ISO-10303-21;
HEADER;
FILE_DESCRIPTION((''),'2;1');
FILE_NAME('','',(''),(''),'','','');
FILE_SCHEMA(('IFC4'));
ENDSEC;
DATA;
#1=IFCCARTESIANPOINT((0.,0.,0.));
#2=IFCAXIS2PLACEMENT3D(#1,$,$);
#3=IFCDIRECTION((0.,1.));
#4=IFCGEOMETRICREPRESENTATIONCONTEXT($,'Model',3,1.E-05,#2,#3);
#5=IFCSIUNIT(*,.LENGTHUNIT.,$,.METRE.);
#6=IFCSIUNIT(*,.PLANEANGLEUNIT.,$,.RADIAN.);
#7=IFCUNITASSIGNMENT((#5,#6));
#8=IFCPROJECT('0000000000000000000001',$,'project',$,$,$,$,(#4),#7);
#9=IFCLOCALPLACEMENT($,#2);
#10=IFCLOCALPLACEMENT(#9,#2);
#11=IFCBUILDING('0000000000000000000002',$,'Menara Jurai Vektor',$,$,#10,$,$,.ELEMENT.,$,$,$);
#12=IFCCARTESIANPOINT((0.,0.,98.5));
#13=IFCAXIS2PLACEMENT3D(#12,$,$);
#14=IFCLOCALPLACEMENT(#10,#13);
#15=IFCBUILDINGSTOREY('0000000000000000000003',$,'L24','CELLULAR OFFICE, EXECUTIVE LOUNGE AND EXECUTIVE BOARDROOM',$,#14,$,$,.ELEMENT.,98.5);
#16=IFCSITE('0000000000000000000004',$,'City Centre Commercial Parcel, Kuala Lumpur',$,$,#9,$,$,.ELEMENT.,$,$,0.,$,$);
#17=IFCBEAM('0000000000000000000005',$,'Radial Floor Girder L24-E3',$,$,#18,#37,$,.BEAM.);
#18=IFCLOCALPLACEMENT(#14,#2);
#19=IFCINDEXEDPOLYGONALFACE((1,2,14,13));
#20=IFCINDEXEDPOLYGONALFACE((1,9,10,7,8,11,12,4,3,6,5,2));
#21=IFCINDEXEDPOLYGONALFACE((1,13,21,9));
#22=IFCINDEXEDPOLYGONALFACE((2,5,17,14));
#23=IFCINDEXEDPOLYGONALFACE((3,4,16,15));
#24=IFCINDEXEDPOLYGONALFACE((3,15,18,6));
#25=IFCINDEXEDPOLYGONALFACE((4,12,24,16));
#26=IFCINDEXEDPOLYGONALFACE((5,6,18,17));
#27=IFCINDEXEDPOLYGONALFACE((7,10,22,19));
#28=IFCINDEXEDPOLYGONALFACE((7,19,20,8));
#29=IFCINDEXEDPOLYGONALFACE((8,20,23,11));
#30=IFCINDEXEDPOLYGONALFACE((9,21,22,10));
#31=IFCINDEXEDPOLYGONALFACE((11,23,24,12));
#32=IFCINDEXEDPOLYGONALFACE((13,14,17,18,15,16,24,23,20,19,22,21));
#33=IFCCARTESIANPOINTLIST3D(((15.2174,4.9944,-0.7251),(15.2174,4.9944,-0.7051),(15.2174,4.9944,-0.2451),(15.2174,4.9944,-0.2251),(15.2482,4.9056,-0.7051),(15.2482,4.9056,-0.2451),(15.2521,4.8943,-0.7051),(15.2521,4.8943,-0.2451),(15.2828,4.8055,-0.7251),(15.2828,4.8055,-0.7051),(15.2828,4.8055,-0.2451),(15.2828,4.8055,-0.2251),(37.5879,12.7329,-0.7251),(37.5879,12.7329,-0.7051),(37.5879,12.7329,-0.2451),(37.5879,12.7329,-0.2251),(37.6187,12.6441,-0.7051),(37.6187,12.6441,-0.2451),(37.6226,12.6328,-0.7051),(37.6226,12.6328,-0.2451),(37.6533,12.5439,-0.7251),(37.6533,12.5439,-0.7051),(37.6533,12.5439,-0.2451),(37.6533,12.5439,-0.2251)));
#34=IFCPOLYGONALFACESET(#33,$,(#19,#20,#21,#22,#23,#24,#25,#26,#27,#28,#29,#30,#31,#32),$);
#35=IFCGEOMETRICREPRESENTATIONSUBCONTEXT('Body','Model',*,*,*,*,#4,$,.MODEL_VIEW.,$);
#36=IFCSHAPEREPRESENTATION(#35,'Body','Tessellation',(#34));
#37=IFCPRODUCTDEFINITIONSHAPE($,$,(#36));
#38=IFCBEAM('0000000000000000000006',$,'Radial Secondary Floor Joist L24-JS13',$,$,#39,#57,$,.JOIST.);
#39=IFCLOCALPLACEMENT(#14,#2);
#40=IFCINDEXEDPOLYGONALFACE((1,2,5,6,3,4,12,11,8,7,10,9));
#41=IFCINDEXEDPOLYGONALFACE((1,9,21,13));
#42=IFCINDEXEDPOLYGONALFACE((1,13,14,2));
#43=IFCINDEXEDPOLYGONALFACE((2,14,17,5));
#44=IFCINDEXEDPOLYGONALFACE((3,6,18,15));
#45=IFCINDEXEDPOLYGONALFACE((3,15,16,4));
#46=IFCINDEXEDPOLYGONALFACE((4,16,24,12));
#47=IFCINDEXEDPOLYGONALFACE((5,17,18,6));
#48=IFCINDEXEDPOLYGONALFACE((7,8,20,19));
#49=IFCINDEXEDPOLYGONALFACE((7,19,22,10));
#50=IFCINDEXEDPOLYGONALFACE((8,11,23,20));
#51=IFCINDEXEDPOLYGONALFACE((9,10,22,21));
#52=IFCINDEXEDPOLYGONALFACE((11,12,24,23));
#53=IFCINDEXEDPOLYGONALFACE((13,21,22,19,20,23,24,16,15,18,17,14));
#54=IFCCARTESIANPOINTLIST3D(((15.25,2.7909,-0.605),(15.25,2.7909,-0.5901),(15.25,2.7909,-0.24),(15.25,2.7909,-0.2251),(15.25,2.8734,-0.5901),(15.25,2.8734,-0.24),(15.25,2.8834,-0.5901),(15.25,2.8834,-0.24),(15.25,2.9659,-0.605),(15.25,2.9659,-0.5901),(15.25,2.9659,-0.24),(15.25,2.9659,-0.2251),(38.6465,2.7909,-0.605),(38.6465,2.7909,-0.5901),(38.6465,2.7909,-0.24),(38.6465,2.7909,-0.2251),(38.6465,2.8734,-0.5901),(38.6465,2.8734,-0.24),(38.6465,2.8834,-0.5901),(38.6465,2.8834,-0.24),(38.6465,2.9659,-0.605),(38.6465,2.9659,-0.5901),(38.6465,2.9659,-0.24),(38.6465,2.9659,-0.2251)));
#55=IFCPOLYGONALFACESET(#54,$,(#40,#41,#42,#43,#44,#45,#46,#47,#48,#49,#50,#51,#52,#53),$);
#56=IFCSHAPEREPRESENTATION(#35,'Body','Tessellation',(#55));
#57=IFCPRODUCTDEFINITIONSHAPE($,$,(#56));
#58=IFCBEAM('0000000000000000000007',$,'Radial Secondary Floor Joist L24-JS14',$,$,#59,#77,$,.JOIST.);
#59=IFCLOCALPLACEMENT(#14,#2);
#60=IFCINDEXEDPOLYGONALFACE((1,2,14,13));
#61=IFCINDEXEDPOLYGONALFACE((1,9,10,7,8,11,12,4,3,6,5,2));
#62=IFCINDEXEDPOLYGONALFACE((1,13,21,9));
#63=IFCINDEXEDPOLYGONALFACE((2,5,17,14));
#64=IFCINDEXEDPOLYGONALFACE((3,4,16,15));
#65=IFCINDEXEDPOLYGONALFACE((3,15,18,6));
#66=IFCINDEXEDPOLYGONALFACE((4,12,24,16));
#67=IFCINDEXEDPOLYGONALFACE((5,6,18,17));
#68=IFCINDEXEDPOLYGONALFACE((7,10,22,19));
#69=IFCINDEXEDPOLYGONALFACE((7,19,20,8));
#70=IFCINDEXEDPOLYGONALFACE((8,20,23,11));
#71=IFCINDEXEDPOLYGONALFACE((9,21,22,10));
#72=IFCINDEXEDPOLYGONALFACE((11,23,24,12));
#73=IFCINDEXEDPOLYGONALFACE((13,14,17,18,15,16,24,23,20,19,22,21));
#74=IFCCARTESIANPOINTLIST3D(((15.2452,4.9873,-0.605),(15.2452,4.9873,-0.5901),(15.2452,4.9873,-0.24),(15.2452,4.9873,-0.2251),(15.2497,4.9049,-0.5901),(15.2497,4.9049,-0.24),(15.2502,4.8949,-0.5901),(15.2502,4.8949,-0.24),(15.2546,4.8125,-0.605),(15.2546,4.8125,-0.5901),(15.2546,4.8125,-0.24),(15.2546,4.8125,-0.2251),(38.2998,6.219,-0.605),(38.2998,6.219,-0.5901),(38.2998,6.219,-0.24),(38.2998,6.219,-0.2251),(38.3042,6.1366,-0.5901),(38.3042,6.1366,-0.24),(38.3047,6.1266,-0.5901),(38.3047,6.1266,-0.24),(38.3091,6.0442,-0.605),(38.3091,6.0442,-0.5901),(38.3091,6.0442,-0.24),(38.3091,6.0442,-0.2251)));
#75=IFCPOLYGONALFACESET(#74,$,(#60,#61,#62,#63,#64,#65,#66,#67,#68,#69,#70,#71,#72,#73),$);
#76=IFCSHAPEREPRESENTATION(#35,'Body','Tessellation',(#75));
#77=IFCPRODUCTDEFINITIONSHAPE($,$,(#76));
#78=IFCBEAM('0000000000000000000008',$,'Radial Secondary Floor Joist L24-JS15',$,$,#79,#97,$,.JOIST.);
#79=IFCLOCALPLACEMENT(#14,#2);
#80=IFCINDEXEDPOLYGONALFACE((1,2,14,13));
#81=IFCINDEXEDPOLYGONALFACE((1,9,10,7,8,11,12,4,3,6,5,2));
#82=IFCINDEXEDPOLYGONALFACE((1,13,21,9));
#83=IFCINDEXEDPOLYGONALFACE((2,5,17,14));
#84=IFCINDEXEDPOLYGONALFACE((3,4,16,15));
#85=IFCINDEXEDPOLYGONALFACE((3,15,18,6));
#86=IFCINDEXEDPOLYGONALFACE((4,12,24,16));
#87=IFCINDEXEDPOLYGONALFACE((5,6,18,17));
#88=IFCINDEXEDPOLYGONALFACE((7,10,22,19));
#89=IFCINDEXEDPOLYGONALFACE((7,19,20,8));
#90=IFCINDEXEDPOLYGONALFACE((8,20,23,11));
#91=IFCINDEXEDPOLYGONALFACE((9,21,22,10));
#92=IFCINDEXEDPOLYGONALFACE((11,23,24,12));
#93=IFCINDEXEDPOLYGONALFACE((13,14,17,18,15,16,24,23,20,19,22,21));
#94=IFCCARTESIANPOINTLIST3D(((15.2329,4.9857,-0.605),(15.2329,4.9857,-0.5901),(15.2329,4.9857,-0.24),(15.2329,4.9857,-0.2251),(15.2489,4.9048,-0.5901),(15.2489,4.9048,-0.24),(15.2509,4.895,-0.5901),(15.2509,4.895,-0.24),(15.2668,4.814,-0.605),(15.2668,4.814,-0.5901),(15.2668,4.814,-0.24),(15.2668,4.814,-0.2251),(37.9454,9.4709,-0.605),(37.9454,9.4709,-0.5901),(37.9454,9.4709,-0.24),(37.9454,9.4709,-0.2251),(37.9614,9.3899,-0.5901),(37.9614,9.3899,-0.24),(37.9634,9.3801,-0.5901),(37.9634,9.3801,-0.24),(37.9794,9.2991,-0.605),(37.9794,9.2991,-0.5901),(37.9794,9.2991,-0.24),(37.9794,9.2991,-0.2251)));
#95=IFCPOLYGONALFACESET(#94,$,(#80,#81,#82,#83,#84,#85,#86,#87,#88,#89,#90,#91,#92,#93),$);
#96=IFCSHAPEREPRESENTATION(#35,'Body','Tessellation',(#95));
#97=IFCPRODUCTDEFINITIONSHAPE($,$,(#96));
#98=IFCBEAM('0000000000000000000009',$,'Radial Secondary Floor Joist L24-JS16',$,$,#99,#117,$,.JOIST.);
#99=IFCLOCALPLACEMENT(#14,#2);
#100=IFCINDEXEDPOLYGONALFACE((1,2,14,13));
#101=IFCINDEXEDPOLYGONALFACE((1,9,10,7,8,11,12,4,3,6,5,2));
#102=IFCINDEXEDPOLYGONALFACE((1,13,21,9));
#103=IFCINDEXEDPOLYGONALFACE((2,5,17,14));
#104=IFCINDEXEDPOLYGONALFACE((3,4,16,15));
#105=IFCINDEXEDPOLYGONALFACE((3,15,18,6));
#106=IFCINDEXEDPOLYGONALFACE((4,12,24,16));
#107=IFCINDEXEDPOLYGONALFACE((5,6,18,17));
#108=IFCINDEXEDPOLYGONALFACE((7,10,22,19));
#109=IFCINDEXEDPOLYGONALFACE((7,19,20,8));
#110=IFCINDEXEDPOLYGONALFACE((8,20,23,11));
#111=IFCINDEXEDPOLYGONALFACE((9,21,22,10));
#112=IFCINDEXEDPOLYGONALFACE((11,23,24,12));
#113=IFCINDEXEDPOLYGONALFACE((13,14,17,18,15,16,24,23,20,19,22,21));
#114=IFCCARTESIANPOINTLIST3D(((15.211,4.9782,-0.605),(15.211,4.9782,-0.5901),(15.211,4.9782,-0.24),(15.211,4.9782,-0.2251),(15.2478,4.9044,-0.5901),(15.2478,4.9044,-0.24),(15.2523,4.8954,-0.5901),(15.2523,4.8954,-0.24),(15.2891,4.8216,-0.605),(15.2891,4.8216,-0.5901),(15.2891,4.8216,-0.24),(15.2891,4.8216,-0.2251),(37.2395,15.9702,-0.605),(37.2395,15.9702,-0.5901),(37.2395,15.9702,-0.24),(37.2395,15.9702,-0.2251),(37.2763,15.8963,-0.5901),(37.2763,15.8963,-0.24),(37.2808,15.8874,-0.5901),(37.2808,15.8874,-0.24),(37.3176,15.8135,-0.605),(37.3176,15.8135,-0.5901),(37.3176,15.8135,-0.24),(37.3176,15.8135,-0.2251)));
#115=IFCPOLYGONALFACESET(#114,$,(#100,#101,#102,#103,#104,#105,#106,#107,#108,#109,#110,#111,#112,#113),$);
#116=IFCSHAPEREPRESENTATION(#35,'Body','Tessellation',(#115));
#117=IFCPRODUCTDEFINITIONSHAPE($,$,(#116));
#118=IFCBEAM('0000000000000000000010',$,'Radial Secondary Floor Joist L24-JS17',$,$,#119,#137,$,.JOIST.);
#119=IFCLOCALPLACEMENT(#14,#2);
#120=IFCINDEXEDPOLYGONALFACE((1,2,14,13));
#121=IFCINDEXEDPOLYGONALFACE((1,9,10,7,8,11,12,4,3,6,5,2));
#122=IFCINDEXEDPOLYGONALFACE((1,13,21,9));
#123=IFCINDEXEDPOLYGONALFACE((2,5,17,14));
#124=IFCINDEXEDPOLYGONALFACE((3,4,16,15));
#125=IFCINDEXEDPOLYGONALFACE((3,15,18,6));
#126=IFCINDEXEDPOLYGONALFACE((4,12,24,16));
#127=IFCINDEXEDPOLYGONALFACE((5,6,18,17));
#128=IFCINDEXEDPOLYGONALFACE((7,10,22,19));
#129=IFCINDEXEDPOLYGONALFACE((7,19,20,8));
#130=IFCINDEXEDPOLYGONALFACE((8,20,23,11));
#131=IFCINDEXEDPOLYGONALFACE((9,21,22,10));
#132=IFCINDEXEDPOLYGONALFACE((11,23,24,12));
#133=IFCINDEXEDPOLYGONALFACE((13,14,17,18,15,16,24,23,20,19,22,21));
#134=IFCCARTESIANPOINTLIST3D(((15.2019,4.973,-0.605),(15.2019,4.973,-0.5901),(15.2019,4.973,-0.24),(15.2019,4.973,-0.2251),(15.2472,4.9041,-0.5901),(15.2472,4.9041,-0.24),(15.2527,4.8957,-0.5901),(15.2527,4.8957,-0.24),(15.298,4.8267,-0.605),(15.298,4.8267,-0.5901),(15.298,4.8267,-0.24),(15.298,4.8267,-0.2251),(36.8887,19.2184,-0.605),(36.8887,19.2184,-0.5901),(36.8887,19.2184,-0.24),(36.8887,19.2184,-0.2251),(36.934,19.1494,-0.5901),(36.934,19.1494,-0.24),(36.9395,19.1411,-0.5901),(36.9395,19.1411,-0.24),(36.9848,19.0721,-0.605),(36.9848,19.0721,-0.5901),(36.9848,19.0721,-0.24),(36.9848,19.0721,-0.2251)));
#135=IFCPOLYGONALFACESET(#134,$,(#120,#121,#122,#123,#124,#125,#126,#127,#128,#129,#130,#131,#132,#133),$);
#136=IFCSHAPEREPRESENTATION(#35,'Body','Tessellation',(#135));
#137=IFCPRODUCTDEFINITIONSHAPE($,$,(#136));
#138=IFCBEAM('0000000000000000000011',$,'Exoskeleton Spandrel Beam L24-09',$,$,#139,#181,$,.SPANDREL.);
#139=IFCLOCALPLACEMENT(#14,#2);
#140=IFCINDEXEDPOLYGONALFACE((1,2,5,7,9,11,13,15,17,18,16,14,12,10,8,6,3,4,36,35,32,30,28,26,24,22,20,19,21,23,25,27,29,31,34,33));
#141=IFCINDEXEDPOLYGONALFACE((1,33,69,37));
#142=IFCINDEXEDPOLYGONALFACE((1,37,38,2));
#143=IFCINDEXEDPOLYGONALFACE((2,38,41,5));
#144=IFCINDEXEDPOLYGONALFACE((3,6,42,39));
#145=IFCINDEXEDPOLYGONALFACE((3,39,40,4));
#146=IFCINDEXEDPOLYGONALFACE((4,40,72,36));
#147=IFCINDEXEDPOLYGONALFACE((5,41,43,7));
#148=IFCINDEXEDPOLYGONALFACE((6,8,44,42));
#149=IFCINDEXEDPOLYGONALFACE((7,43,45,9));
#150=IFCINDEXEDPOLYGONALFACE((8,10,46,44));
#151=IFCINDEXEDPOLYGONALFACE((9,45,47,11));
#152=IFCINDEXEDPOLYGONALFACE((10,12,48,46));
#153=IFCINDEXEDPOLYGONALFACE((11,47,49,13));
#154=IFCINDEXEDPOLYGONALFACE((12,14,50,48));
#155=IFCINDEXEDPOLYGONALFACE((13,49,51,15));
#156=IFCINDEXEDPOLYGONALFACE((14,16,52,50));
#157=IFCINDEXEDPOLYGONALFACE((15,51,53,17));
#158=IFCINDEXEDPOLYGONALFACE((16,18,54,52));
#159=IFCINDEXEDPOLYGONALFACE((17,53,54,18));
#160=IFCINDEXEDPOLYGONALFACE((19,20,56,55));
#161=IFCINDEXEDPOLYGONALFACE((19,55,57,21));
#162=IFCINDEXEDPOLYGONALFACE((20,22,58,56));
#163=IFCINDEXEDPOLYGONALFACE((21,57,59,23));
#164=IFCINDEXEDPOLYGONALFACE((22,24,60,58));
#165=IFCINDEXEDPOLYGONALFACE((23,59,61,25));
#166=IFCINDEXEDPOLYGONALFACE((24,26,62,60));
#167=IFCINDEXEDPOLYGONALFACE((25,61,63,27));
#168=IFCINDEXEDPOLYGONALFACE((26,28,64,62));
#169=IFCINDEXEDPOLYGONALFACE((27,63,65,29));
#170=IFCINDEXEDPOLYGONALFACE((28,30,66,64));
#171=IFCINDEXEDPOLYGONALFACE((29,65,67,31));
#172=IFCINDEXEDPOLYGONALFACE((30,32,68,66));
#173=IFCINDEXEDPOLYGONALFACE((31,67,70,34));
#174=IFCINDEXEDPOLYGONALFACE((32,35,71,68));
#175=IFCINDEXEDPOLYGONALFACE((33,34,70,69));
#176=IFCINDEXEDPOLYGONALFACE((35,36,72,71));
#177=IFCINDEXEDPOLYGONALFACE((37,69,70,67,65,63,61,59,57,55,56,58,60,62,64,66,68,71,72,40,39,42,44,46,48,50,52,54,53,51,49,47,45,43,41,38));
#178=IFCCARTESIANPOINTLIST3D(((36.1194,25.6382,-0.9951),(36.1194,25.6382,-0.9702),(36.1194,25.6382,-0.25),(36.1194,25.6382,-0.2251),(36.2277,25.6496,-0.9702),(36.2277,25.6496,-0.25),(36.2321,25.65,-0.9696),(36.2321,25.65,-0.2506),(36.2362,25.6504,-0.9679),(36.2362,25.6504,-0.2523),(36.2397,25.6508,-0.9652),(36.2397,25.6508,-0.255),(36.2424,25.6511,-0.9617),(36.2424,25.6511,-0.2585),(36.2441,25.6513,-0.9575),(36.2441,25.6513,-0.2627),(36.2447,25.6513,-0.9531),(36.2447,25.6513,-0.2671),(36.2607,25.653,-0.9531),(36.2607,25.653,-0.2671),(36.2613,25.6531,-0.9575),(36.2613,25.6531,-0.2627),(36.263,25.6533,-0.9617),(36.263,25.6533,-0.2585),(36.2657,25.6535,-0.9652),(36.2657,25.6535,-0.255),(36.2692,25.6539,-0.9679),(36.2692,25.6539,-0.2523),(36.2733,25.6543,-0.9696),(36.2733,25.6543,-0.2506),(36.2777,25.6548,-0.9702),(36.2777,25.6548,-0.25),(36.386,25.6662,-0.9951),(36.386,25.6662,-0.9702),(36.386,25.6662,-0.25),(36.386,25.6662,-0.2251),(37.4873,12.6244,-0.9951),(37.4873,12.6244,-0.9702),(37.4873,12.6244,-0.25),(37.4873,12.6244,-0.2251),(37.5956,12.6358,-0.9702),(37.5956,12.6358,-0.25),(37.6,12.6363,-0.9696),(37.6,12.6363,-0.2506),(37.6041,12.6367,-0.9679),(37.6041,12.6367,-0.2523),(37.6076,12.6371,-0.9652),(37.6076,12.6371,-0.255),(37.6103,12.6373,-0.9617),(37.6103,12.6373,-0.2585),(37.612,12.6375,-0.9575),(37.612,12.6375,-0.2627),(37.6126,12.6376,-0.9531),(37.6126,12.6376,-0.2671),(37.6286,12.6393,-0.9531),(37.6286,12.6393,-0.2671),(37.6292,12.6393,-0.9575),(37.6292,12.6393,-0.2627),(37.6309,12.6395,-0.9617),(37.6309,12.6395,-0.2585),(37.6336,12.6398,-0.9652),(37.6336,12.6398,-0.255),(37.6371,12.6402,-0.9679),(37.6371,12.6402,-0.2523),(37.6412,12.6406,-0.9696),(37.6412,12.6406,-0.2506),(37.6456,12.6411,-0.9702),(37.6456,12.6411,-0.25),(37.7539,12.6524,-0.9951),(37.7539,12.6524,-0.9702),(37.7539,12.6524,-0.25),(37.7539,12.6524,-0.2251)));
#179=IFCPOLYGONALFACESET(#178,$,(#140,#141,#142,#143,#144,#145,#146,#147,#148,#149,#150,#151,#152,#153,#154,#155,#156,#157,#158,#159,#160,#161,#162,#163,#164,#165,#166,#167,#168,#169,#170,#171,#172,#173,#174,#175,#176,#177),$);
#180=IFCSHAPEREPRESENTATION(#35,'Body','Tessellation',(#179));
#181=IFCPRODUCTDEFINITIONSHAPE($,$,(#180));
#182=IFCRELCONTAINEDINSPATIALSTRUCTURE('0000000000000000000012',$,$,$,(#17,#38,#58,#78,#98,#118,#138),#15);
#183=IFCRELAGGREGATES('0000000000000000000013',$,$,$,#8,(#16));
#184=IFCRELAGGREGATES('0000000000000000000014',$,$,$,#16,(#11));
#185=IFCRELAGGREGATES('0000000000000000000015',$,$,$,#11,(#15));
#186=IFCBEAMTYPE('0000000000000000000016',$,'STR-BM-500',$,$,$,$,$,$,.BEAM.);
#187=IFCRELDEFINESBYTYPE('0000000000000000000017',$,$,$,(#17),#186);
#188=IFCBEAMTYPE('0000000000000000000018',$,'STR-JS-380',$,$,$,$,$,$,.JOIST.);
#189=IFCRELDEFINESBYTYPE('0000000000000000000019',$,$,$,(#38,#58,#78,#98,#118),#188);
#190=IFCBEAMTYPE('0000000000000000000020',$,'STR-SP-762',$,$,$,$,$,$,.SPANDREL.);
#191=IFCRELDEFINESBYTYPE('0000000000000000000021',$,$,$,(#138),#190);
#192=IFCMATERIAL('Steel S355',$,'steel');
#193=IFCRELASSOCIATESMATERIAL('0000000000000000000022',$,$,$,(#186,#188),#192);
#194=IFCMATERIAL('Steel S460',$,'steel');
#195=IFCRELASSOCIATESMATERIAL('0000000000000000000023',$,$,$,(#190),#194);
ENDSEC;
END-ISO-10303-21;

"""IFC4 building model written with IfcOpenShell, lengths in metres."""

from ifc_helpers import new_model, si_unit, direction, frame, origin, origin_2d, place, context, subcontext, project, spatial, i_section, extrude, material, material_profile, profile_set, type_object, element, save


model = new_model("IFC4")

# Units and contexts
model_context = context("Model", 3, precision=1e-05, world=origin(), true_north=direction((0.0, 1.0)))
body_context = subcontext(model_context, "Body", "Model", "MODEL_VIEW")
ifc_project = project(units=[si_unit("LENGTHUNIT", "METRE"), si_unit("PLANEANGLEUNIT", "RADIAN")], contexts=[model_context])

# Site, building, storey
site_placement = place(None, origin())
site = spatial("IfcSite", under=ifc_project, at=site_placement, Name="City Centre Commercial Parcel, Kuala Lumpur", CompositionType="ELEMENT", RefElevation=0.0)
building_placement = place(site_placement, origin())
building = spatial("IfcBuilding", under=site, at=building_placement, Name="Menara Jurai Vektor", CompositionType="ELEMENT")
storey_placement = place(building_placement, frame((0.0, 0.0, 98.5)))
storey = spatial("IfcBuildingStorey", under=building, at=storey_placement, Name="L24", Description="CELLULAR OFFICE, EXECUTIVE LOUNGE AND EXECUTIVE BOARDROOM", CompositionType="ELEMENT", Elevation=98.5)

# Shared definitions
ifc_material_1 = material(Name="Steel S460", Category="steel")

# Beams
ifc_material_2 = material(Name="Steel S355", Category="steel")
ifc_material_profile_1 = material_profile(ifc_material_2, i_section(OverallWidth=0.2, OverallDepth=0.5, WebThickness=0.012, FlangeThickness=0.02, at=origin_2d()), Name="PG 500x200x96")
ifc_profile_set_1 = profile_set([ifc_material_profile_1], Name="Steel S355")
beam_type_1 = type_object("IfcBeamType", Name="STR-BM-500", PredefinedType="BEAM", material=ifc_profile_set_1)
beam_1_placement = place(storey_placement, frame((37.6206, 12.6384, -0.4751), z_axis=(-0.945053, -0.326916, 0.0), x_axis=(0.326916, -0.945053, 0.0)))
element("IfcBeam", 1, at=beam_1_placement, inside=storey, type_object=beam_type_1, Name="Radial Floor Girder L24-E3", PredefinedType="BEAM", context=body_context, shape_type="SweptSolid", body=[
    extrude(i_section(OverallWidth=0.2, OverallDepth=0.5, WebThickness=0.012, FlangeThickness=0.02, at=origin_2d()), origin(), (0.0, 0.0, 1.0), 23.6711),
])
ifc_material_profile_2 = material_profile(ifc_material_2, i_section(OverallWidth=0.175, OverallDepth=0.3799, WebThickness=0.01, FlangeThickness=0.0149, at=origin_2d()), Name="PG 380x175x58")
ifc_profile_set_2 = profile_set([ifc_material_profile_2], Name="Steel S355")
beam_type_2 = type_object("IfcBeamType", Name="STR-JS-380", PredefinedType="JOIST", material=ifc_profile_set_2)
beam_2_placement = place(storey_placement, frame((38.6465, 2.8784, -0.415), z_axis=(-1.0, 0.0, 0.0), x_axis=(0.0, -1.0, 0.0)))
element("IfcBeam", 2, at=beam_2_placement, inside=storey, type_object=beam_type_2, Name="Radial Secondary Floor Joist L24-JS13", PredefinedType="JOIST", context=body_context, shape_type="SweptSolid", body=[
    extrude(i_section(OverallWidth=0.175, OverallDepth=0.3799, WebThickness=0.01, FlangeThickness=0.0149, at=origin_2d()), origin(), (0.0, 0.0, 1.0), 23.3965),
])
beam_3_placement = place(storey_placement, frame((38.3044, 6.1316, -0.415), z_axis=(-0.998576, -0.053349, 0.0), x_axis=(0.053349, -0.998576, 0.0)))
element("IfcBeam", 3, at=beam_3_placement, inside=storey, type_object=beam_type_2, Name="Radial Secondary Floor Joist L24-JS14", PredefinedType="JOIST", context=body_context, shape_type="SweptSolid", body=[
    extrude(i_section(OverallWidth=0.175, OverallDepth=0.3799, WebThickness=0.01, FlangeThickness=0.0149, at=origin_2d()), origin(), (0.0, 0.0, 1.0), 23.0874),
])
beam_4_placement = place(storey_placement, frame((37.9624, 9.385, -0.415), z_axis=(-0.981054, -0.193733, 0.0), x_axis=(0.193733, -0.981054, 0.0)))
element("IfcBeam", 4, at=beam_4_placement, inside=storey, type_object=beam_type_2, Name="Radial Secondary Floor Joist L24-JS15", PredefinedType="JOIST", context=body_context, shape_type="SweptSolid", body=[
    extrude(i_section(OverallWidth=0.175, OverallDepth=0.3799, WebThickness=0.01, FlangeThickness=0.0149, at=origin_2d()), origin(), (0.0, 0.0, 1.0), 23.1511),
])
beam_5_placement = place(storey_placement, frame((37.2786, 15.8918, -0.415), z_axis=(-0.89479, -0.446488, 0.0), x_axis=(0.446488, -0.89479, 0.0)))
element("IfcBeam", 5, at=beam_5_placement, inside=storey, type_object=beam_type_2, Name="Radial Secondary Floor Joist L24-JS16", PredefinedType="JOIST", context=body_context, shape_type="SweptSolid", body=[
    extrude(i_section(OverallWidth=0.175, OverallDepth=0.3799, WebThickness=0.01, FlangeThickness=0.0149, at=origin_2d()), origin(), (0.0, 0.0, 1.0), 24.6187),
])
beam_6_placement = place(storey_placement, frame((36.9368, 19.1453, -0.415), z_axis=(-0.835811, -0.549018, 0.0), x_axis=(0.549018, -0.835811, 0.0)))
element("IfcBeam", 6, at=beam_6_placement, inside=storey, type_object=beam_type_2, Name="Radial Secondary Floor Joist L24-JS17", PredefinedType="JOIST", context=body_context, shape_type="SweptSolid", body=[
    extrude(i_section(OverallWidth=0.175, OverallDepth=0.3799, WebThickness=0.01, FlangeThickness=0.0149, at=origin_2d()), origin(), (0.0, 0.0, 1.0), 25.947),
])
ifc_material_profile_3 = material_profile(ifc_material_1, i_section(OverallWidth=0.2681, OverallDepth=0.77, WebThickness=0.0161, FlangeThickness=0.0249, FilletRadius=0.0171, at=origin_2d()), Name="UKB 762x267x197")
ifc_profile_set_3 = profile_set([ifc_material_profile_3], Name="Steel S460")
beam_type_3 = type_object("IfcBeamType", Name="STR-SP-762", PredefinedType="SPANDREL", material=ifc_profile_set_3)
beam_7_placement = place(storey_placement, frame((37.6206, 12.6384, -0.6101), z_axis=(-0.104538, 0.994521, 0.0), x_axis=(-0.994521, -0.104538, 0.0)))
element("IfcBeam", 7, at=beam_7_placement, inside=storey, type_object=beam_type_3, Name="Exoskeleton Spandrel Beam L24-09", PredefinedType="SPANDREL", context=body_context, shape_type="SweptSolid", body=[
    extrude(i_section(OverallWidth=0.2681, OverallDepth=0.77, WebThickness=0.0161, FlangeThickness=0.0249, FilletRadius=0.0171, at=origin_2d()), origin(), (0.0, 0.0, 1.0), 13.0854),
])

save(model, "model.ifc")
